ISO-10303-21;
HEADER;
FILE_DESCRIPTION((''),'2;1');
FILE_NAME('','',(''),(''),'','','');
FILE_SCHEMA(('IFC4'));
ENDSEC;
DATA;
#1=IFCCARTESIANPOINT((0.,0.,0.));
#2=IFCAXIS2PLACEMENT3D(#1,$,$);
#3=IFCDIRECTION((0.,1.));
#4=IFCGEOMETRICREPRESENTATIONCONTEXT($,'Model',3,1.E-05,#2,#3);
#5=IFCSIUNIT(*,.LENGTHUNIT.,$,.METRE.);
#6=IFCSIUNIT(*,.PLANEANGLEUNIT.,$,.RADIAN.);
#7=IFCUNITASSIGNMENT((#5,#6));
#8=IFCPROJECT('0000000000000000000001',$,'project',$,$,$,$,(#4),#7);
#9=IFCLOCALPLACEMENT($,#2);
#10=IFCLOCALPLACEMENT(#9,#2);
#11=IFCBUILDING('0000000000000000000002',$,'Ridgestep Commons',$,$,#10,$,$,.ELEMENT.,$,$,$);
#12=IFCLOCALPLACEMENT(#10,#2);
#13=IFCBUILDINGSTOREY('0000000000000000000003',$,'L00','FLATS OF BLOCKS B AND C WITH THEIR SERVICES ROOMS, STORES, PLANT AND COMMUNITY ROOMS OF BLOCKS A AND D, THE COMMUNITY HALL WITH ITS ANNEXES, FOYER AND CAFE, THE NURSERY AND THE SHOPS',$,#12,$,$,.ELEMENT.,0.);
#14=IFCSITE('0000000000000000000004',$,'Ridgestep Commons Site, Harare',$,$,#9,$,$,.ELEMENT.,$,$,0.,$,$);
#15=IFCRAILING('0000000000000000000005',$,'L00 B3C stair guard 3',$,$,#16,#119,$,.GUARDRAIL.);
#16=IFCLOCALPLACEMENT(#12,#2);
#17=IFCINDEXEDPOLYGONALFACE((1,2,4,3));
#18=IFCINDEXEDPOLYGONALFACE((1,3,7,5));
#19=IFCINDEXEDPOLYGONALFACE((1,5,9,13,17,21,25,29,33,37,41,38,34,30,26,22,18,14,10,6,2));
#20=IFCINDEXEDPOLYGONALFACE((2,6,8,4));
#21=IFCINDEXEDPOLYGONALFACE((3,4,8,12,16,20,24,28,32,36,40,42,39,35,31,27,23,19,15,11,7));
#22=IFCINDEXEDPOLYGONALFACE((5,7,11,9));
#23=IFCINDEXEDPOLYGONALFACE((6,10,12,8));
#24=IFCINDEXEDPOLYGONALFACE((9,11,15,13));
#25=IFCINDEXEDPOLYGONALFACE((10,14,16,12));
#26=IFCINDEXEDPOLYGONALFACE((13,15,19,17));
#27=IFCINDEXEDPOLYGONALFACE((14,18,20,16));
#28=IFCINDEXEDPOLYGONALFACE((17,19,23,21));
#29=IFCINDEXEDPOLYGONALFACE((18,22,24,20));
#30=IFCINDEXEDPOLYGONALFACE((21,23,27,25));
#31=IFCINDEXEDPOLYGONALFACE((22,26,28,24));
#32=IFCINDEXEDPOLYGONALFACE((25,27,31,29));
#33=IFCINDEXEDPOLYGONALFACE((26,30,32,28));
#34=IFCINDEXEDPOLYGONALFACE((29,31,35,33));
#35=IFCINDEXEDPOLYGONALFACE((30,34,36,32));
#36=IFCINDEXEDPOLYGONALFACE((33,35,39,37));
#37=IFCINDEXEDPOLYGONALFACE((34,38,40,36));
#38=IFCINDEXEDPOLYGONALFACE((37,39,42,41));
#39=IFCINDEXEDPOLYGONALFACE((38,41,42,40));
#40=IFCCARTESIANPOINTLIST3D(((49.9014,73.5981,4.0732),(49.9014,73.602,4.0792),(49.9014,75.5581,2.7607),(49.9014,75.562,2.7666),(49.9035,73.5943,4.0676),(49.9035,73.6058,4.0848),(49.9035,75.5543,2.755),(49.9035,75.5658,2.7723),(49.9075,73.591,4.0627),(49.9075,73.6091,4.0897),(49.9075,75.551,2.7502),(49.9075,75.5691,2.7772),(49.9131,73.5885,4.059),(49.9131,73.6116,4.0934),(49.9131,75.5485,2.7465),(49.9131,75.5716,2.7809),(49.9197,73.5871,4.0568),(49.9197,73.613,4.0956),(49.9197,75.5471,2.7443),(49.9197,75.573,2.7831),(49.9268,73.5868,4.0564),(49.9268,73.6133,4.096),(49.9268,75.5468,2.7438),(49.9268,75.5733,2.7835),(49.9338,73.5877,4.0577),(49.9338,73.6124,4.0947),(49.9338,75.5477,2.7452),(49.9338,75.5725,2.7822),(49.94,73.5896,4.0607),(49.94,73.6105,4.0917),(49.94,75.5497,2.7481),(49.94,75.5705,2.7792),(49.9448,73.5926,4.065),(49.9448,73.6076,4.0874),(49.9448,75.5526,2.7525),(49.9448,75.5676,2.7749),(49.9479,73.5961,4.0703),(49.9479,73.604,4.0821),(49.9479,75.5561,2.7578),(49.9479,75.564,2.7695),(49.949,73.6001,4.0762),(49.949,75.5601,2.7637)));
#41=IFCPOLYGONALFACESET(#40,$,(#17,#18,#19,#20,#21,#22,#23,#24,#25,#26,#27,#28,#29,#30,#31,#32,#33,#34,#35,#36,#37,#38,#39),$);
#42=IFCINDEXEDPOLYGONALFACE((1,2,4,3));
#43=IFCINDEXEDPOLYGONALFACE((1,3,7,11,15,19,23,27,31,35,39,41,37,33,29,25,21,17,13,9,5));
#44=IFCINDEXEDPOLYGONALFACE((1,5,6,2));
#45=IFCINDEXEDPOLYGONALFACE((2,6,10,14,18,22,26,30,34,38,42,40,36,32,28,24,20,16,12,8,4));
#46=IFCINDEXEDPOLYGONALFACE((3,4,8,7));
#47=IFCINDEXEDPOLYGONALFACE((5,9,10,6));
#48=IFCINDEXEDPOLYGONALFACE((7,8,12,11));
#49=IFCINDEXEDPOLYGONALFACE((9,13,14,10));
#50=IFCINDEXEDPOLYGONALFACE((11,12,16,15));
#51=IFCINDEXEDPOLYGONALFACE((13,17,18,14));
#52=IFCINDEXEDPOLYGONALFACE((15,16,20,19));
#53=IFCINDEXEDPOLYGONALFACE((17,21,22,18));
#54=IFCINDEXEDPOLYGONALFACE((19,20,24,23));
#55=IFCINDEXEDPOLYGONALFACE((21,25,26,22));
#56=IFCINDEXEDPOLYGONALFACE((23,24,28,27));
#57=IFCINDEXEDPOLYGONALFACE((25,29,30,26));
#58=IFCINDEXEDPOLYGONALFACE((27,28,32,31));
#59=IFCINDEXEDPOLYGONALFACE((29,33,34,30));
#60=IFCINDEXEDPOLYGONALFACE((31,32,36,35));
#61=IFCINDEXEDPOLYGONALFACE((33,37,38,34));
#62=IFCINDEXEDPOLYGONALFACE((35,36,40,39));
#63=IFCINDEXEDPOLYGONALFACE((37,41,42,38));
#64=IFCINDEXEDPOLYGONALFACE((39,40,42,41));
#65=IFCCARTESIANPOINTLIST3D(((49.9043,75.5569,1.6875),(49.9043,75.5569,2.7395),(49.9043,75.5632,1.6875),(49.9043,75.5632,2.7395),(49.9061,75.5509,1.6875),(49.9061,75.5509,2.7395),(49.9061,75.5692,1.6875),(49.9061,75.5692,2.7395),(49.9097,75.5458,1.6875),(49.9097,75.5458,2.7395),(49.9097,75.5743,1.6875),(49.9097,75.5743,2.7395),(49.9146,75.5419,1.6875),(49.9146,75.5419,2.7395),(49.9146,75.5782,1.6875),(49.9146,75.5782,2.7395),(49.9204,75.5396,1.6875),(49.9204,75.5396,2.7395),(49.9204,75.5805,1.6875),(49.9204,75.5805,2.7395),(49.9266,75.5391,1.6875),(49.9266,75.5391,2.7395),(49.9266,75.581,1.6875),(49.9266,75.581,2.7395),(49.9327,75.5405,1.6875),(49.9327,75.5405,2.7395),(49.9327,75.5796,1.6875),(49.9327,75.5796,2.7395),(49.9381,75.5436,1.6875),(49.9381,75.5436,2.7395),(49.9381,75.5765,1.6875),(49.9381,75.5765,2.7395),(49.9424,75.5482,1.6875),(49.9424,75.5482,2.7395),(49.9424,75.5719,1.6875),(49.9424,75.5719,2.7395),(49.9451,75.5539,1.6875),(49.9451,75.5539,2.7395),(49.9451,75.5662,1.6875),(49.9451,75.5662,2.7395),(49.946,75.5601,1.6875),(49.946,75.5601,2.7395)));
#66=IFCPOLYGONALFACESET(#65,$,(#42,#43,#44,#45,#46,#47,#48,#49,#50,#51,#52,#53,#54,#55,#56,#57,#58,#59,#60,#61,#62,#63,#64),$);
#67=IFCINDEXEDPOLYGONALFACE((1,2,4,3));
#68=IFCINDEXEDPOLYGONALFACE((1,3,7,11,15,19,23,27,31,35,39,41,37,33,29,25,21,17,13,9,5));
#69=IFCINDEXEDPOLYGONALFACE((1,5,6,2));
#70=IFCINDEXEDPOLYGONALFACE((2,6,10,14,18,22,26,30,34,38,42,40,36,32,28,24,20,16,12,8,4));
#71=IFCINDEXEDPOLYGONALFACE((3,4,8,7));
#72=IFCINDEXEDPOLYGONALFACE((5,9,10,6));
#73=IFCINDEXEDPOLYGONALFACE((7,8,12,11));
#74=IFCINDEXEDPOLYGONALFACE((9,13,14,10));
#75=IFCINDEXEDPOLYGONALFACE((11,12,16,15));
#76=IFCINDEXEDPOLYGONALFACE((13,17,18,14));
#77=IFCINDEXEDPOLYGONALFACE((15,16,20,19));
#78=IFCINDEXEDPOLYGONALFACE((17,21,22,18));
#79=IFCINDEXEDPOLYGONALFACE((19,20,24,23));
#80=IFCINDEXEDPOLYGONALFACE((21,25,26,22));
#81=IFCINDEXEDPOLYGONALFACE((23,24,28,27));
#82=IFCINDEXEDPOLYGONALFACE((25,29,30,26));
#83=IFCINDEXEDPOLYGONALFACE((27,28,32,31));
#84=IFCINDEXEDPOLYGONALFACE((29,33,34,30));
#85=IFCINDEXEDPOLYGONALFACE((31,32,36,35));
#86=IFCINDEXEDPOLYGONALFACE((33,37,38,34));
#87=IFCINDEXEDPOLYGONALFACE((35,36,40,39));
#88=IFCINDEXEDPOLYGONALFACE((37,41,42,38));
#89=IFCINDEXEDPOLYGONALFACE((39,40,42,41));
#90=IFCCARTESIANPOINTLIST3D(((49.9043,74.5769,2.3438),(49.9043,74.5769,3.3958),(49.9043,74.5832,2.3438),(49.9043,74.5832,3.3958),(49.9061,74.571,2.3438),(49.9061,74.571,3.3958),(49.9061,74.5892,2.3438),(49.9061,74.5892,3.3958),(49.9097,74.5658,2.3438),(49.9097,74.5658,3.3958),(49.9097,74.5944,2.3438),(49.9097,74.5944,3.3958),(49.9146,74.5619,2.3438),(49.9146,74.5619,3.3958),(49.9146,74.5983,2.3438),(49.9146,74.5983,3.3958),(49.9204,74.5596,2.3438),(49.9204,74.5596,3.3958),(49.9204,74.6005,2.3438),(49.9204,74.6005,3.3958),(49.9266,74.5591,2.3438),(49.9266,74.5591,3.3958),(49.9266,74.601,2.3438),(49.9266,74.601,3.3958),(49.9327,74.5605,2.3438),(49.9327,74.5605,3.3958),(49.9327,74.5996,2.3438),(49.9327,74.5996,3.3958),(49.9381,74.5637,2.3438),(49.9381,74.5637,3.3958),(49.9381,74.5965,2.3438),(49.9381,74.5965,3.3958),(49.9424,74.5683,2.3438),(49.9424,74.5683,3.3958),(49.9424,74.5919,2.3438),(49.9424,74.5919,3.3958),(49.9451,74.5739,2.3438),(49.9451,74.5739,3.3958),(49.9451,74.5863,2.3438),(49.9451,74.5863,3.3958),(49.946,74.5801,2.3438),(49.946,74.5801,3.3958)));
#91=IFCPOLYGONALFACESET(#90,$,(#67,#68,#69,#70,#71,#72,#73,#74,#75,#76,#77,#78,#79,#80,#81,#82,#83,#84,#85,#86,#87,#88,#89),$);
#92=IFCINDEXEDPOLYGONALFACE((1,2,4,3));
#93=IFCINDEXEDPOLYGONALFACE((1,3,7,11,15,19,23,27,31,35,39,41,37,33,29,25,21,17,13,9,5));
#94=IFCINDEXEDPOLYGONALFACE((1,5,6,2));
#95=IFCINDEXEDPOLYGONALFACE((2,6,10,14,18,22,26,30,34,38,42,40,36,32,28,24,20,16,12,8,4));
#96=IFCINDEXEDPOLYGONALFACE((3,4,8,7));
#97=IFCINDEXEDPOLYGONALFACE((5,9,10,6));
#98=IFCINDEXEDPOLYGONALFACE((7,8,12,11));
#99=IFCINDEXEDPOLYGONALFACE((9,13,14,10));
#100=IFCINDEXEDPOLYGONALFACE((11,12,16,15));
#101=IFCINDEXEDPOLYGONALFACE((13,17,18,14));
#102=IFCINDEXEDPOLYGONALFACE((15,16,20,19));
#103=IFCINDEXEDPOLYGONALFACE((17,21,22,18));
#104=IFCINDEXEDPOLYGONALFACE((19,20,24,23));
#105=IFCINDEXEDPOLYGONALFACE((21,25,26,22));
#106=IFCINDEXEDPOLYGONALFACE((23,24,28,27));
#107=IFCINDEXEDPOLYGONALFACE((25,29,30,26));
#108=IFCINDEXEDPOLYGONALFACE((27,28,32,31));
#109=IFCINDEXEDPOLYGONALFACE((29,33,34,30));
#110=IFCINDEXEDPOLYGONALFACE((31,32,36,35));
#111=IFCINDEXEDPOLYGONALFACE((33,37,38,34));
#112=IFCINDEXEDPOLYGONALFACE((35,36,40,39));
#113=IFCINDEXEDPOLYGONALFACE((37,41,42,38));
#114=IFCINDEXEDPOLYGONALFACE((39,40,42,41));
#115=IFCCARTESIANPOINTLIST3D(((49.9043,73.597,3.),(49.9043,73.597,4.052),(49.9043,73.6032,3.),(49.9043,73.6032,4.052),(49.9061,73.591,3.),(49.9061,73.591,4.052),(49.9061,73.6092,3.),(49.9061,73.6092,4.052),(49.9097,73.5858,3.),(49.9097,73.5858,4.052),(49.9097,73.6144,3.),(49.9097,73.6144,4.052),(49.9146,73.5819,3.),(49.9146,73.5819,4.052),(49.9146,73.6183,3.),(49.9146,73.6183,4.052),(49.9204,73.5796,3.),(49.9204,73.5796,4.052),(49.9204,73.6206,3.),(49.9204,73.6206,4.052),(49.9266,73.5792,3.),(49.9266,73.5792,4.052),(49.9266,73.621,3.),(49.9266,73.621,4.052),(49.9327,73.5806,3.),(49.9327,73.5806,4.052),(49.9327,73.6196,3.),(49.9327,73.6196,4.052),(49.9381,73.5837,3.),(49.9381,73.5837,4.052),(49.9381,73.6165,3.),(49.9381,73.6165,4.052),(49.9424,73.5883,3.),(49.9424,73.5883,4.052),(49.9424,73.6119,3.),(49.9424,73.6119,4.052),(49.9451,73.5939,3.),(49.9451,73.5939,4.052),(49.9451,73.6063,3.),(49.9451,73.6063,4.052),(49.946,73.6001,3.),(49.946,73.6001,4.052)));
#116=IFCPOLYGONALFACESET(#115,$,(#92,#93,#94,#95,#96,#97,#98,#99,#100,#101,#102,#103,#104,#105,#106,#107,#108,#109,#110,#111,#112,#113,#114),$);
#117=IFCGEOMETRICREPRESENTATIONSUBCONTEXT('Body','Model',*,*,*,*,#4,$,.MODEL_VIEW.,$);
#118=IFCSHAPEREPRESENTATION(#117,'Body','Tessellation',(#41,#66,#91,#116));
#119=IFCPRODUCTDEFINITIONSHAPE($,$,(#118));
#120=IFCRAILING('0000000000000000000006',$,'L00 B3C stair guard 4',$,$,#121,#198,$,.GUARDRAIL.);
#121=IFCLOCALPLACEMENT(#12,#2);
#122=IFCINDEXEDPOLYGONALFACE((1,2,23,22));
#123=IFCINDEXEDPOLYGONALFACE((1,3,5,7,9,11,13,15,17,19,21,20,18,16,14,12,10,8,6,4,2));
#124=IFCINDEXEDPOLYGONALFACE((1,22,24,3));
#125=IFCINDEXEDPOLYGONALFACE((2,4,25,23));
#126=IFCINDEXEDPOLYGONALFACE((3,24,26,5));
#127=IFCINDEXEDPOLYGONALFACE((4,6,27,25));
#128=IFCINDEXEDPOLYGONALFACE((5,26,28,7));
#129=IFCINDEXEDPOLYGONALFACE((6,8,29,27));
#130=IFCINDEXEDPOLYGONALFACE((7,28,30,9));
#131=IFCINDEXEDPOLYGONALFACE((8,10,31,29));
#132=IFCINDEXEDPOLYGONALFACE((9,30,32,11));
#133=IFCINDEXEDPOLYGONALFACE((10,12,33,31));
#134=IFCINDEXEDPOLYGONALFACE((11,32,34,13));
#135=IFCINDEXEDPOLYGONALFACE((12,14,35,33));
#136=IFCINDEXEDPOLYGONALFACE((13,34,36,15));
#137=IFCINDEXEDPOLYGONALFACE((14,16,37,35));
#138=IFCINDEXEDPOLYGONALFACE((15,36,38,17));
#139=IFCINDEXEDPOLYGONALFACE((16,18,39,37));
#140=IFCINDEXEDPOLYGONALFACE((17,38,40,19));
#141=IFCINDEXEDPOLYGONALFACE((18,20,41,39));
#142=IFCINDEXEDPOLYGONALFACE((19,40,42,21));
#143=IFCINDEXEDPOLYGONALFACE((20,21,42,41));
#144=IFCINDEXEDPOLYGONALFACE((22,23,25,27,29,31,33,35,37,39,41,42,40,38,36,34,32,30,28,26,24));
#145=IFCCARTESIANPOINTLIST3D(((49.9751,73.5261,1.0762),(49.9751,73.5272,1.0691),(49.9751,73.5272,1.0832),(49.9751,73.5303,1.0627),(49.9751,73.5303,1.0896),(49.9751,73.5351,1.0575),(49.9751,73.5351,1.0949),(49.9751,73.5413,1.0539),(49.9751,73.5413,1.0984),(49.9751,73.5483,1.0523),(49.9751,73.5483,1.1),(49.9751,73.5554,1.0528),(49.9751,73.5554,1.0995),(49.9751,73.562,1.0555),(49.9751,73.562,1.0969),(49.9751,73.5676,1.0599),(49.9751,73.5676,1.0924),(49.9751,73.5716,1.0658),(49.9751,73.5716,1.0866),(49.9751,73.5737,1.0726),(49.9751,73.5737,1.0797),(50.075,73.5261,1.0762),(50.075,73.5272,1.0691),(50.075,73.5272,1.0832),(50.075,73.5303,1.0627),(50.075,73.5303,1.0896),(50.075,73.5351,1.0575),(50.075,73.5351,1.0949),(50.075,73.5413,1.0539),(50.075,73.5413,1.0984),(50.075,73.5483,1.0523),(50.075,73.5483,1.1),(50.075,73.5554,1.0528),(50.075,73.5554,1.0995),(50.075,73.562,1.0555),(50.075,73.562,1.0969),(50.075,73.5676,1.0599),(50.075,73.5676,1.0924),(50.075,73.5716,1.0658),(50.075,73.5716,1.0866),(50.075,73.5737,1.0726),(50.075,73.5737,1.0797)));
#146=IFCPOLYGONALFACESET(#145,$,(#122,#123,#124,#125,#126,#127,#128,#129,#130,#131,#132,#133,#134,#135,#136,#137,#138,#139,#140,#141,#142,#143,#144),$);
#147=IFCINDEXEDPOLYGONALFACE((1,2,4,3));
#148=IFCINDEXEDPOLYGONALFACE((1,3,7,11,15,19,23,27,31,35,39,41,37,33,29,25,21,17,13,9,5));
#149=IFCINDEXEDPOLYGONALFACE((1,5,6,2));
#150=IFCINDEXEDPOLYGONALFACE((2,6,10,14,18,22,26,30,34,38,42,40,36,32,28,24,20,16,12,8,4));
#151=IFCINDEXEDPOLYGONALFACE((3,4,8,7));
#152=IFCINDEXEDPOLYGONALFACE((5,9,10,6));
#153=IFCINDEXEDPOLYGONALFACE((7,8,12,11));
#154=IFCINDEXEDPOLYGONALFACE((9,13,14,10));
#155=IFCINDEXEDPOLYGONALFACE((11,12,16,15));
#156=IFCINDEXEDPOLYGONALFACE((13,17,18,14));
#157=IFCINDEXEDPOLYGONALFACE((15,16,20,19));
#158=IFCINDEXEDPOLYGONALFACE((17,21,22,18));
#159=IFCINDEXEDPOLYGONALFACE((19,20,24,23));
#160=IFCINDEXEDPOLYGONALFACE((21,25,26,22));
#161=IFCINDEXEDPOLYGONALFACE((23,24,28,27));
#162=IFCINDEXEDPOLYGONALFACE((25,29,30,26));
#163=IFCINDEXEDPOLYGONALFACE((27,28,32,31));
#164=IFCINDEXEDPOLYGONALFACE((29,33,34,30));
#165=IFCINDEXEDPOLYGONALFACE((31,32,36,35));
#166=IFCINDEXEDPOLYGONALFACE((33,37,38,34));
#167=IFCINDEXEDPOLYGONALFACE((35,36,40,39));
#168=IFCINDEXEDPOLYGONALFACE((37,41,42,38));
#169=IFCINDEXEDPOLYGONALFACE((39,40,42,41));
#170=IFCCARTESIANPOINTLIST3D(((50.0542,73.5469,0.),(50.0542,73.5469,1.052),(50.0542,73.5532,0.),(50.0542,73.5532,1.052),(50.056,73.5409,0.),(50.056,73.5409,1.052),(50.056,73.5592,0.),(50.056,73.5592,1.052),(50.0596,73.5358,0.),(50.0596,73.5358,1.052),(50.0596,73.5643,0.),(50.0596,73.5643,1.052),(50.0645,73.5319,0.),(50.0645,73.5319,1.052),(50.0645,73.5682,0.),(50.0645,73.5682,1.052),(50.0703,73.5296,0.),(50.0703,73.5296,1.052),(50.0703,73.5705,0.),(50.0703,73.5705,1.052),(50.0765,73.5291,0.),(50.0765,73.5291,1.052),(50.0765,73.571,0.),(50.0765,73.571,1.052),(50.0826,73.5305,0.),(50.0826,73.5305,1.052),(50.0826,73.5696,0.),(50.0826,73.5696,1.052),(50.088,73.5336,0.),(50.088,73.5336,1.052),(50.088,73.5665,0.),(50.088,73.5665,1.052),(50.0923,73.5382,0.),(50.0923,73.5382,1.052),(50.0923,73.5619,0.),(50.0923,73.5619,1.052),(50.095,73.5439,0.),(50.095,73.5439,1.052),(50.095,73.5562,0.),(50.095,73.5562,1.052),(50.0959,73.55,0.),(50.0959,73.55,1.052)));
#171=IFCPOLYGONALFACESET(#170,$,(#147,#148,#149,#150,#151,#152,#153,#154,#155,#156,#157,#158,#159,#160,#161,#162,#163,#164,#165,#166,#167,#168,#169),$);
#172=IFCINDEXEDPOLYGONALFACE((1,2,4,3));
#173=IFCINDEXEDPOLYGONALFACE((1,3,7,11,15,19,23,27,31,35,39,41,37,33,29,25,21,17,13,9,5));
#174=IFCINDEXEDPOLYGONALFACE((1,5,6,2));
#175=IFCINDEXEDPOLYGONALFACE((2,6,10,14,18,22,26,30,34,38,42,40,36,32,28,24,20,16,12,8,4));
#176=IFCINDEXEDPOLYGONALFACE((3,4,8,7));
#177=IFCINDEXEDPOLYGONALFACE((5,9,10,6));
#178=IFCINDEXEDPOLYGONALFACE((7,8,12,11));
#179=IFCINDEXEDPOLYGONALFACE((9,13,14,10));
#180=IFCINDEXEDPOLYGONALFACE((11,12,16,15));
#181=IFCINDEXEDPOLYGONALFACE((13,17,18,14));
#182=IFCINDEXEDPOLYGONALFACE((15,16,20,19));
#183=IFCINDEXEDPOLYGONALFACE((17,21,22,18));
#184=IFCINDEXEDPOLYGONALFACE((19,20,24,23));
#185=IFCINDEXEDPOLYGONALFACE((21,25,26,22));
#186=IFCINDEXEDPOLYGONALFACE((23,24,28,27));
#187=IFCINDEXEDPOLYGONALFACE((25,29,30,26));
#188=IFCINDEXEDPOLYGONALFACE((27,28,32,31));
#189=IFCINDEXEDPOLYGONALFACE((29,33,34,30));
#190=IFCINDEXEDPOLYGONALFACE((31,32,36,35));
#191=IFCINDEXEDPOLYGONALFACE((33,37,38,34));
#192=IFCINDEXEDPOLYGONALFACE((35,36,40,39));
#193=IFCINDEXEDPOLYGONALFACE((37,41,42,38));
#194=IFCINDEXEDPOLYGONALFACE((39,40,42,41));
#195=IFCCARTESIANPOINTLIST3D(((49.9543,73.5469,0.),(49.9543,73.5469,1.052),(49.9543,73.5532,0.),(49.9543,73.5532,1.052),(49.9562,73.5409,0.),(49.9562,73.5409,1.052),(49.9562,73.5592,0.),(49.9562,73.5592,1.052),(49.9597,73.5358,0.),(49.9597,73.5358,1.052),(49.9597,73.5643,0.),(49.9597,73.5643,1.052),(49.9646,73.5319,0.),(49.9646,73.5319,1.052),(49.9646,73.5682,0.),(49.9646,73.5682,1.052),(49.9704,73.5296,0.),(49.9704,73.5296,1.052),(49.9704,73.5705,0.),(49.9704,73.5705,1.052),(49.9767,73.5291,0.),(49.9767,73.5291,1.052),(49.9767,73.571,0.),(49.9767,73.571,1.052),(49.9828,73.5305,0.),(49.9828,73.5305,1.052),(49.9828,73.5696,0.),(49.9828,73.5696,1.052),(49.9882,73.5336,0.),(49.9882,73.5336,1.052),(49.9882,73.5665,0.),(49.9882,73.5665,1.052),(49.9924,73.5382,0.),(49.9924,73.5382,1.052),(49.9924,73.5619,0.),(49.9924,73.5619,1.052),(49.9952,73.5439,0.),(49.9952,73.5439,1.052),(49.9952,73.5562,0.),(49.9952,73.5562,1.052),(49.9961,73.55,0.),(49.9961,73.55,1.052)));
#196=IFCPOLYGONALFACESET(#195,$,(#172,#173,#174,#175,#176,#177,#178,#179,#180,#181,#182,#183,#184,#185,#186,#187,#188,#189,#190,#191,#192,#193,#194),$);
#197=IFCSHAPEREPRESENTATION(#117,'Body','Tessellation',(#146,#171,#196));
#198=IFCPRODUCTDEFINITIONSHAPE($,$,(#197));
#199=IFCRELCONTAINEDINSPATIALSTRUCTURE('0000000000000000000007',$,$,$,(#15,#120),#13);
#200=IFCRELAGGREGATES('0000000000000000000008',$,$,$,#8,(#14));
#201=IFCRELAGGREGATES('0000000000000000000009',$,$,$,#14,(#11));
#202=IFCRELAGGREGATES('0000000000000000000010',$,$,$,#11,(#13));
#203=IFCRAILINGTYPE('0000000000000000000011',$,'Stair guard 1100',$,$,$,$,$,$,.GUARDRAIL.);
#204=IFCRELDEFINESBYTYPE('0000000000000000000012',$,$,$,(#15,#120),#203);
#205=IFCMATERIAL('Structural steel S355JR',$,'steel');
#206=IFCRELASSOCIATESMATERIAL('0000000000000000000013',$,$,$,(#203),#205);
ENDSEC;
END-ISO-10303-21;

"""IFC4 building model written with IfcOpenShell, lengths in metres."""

from ifc_helpers import new_model, si_unit, direction, frame, origin, origin_2d, place, context, subcontext, project, spatial, circle, extrude, material, type_object, element, save


model = new_model("IFC4")

# Units and contexts
model_context = context("Model", 3, precision=1e-05, world=origin(), true_north=direction((0.0, 1.0)))
body_context = subcontext(model_context, "Body", "Model", "MODEL_VIEW")
ifc_project = project(units=[si_unit("LENGTHUNIT", "METRE"), si_unit("PLANEANGLEUNIT", "RADIAN")], contexts=[model_context])

# Site, building, storey
site_placement = place(None, origin())
site = spatial("IfcSite", under=ifc_project, at=site_placement, Name="Ridgestep Commons Site, Harare", CompositionType="ELEMENT", RefElevation=0.0)
building_placement = place(site_placement, origin())
building = spatial("IfcBuilding", under=site, at=building_placement, Name="Ridgestep Commons", CompositionType="ELEMENT")
storey_placement = place(building_placement, origin())
storey = spatial("IfcBuildingStorey", under=building, at=storey_placement, Name="L00", Description="FLATS OF BLOCKS B AND C WITH THEIR SERVICES ROOMS, STORES, PLANT AND COMMUNITY ROOMS OF BLOCKS A AND D, THE COMMUNITY HALL WITH ITS ANNEXES, FOYER AND CAFE, THE NURSERY AND THE SHOPS", CompositionType="ELEMENT", Elevation=0.0)

# Railings
ifc_material_1 = material(Name="Structural steel S355JR", Category="steel")
railing_type_1 = type_object("IfcRailingType", Name="Stair guard 1100", PredefinedType="GUARDRAIL", material=ifc_material_1)
railing_1_placement = place(storey_placement, frame((49.925, 75.5601, 1.6875)))
element("IfcRailing", 1, at=railing_1_placement, inside=storey, type_object=railing_type_1, Name="L00 B3C stair guard 3", PredefinedType="GUARDRAIL", context=body_context, shape_type="SweptSolid", body=[
    extrude(circle(Radius=0.0239, at=origin_2d()), frame((0.0, 0.0, 1.0762), z_axis=(0.0, -0.830902, 0.556419), x_axis=(1.0, 0.0, 0.0)), (0.0, 0.0, 1.0), 2.3589),
    extrude(circle(Radius=0.021, at=origin_2d()), origin(), (0.0, 0.0, 1.0), 1.052),
    extrude(circle(Radius=0.021, at=origin_2d()), frame((0.0, -0.98, 0.6562)), (0.0, 0.0, 1.0), 1.052),
    extrude(circle(Radius=0.021, at=origin_2d()), frame((0.0, -1.96, 1.3125)), (0.0, 0.0, 1.0), 1.052),
])
railing_2_placement = place(storey_placement, frame((50.075, 73.55, 0.0)))
element("IfcRailing", 2, at=railing_2_placement, inside=storey, type_object=railing_type_1, Name="L00 B3C stair guard 4", PredefinedType="GUARDRAIL", context=body_context, shape_type="SweptSolid", body=[
    extrude(circle(Radius=0.0239, at=origin_2d()), frame((0.0, 0.0, 1.0762), z_axis=(-1.0, 0.0, 0.0), x_axis=(0.0, -1.0, 0.0)), (0.0, 0.0, 1.0), 0.0999),
    extrude(circle(Radius=0.021, at=origin_2d()), origin(), (0.0, 0.0, 1.0), 1.052),
    extrude(circle(Radius=0.021, at=origin_2d()), frame((-0.0999, 0.0, 0.0)), (0.0, 0.0, 1.0), 1.052),
])

save(model, "model.ifc")
